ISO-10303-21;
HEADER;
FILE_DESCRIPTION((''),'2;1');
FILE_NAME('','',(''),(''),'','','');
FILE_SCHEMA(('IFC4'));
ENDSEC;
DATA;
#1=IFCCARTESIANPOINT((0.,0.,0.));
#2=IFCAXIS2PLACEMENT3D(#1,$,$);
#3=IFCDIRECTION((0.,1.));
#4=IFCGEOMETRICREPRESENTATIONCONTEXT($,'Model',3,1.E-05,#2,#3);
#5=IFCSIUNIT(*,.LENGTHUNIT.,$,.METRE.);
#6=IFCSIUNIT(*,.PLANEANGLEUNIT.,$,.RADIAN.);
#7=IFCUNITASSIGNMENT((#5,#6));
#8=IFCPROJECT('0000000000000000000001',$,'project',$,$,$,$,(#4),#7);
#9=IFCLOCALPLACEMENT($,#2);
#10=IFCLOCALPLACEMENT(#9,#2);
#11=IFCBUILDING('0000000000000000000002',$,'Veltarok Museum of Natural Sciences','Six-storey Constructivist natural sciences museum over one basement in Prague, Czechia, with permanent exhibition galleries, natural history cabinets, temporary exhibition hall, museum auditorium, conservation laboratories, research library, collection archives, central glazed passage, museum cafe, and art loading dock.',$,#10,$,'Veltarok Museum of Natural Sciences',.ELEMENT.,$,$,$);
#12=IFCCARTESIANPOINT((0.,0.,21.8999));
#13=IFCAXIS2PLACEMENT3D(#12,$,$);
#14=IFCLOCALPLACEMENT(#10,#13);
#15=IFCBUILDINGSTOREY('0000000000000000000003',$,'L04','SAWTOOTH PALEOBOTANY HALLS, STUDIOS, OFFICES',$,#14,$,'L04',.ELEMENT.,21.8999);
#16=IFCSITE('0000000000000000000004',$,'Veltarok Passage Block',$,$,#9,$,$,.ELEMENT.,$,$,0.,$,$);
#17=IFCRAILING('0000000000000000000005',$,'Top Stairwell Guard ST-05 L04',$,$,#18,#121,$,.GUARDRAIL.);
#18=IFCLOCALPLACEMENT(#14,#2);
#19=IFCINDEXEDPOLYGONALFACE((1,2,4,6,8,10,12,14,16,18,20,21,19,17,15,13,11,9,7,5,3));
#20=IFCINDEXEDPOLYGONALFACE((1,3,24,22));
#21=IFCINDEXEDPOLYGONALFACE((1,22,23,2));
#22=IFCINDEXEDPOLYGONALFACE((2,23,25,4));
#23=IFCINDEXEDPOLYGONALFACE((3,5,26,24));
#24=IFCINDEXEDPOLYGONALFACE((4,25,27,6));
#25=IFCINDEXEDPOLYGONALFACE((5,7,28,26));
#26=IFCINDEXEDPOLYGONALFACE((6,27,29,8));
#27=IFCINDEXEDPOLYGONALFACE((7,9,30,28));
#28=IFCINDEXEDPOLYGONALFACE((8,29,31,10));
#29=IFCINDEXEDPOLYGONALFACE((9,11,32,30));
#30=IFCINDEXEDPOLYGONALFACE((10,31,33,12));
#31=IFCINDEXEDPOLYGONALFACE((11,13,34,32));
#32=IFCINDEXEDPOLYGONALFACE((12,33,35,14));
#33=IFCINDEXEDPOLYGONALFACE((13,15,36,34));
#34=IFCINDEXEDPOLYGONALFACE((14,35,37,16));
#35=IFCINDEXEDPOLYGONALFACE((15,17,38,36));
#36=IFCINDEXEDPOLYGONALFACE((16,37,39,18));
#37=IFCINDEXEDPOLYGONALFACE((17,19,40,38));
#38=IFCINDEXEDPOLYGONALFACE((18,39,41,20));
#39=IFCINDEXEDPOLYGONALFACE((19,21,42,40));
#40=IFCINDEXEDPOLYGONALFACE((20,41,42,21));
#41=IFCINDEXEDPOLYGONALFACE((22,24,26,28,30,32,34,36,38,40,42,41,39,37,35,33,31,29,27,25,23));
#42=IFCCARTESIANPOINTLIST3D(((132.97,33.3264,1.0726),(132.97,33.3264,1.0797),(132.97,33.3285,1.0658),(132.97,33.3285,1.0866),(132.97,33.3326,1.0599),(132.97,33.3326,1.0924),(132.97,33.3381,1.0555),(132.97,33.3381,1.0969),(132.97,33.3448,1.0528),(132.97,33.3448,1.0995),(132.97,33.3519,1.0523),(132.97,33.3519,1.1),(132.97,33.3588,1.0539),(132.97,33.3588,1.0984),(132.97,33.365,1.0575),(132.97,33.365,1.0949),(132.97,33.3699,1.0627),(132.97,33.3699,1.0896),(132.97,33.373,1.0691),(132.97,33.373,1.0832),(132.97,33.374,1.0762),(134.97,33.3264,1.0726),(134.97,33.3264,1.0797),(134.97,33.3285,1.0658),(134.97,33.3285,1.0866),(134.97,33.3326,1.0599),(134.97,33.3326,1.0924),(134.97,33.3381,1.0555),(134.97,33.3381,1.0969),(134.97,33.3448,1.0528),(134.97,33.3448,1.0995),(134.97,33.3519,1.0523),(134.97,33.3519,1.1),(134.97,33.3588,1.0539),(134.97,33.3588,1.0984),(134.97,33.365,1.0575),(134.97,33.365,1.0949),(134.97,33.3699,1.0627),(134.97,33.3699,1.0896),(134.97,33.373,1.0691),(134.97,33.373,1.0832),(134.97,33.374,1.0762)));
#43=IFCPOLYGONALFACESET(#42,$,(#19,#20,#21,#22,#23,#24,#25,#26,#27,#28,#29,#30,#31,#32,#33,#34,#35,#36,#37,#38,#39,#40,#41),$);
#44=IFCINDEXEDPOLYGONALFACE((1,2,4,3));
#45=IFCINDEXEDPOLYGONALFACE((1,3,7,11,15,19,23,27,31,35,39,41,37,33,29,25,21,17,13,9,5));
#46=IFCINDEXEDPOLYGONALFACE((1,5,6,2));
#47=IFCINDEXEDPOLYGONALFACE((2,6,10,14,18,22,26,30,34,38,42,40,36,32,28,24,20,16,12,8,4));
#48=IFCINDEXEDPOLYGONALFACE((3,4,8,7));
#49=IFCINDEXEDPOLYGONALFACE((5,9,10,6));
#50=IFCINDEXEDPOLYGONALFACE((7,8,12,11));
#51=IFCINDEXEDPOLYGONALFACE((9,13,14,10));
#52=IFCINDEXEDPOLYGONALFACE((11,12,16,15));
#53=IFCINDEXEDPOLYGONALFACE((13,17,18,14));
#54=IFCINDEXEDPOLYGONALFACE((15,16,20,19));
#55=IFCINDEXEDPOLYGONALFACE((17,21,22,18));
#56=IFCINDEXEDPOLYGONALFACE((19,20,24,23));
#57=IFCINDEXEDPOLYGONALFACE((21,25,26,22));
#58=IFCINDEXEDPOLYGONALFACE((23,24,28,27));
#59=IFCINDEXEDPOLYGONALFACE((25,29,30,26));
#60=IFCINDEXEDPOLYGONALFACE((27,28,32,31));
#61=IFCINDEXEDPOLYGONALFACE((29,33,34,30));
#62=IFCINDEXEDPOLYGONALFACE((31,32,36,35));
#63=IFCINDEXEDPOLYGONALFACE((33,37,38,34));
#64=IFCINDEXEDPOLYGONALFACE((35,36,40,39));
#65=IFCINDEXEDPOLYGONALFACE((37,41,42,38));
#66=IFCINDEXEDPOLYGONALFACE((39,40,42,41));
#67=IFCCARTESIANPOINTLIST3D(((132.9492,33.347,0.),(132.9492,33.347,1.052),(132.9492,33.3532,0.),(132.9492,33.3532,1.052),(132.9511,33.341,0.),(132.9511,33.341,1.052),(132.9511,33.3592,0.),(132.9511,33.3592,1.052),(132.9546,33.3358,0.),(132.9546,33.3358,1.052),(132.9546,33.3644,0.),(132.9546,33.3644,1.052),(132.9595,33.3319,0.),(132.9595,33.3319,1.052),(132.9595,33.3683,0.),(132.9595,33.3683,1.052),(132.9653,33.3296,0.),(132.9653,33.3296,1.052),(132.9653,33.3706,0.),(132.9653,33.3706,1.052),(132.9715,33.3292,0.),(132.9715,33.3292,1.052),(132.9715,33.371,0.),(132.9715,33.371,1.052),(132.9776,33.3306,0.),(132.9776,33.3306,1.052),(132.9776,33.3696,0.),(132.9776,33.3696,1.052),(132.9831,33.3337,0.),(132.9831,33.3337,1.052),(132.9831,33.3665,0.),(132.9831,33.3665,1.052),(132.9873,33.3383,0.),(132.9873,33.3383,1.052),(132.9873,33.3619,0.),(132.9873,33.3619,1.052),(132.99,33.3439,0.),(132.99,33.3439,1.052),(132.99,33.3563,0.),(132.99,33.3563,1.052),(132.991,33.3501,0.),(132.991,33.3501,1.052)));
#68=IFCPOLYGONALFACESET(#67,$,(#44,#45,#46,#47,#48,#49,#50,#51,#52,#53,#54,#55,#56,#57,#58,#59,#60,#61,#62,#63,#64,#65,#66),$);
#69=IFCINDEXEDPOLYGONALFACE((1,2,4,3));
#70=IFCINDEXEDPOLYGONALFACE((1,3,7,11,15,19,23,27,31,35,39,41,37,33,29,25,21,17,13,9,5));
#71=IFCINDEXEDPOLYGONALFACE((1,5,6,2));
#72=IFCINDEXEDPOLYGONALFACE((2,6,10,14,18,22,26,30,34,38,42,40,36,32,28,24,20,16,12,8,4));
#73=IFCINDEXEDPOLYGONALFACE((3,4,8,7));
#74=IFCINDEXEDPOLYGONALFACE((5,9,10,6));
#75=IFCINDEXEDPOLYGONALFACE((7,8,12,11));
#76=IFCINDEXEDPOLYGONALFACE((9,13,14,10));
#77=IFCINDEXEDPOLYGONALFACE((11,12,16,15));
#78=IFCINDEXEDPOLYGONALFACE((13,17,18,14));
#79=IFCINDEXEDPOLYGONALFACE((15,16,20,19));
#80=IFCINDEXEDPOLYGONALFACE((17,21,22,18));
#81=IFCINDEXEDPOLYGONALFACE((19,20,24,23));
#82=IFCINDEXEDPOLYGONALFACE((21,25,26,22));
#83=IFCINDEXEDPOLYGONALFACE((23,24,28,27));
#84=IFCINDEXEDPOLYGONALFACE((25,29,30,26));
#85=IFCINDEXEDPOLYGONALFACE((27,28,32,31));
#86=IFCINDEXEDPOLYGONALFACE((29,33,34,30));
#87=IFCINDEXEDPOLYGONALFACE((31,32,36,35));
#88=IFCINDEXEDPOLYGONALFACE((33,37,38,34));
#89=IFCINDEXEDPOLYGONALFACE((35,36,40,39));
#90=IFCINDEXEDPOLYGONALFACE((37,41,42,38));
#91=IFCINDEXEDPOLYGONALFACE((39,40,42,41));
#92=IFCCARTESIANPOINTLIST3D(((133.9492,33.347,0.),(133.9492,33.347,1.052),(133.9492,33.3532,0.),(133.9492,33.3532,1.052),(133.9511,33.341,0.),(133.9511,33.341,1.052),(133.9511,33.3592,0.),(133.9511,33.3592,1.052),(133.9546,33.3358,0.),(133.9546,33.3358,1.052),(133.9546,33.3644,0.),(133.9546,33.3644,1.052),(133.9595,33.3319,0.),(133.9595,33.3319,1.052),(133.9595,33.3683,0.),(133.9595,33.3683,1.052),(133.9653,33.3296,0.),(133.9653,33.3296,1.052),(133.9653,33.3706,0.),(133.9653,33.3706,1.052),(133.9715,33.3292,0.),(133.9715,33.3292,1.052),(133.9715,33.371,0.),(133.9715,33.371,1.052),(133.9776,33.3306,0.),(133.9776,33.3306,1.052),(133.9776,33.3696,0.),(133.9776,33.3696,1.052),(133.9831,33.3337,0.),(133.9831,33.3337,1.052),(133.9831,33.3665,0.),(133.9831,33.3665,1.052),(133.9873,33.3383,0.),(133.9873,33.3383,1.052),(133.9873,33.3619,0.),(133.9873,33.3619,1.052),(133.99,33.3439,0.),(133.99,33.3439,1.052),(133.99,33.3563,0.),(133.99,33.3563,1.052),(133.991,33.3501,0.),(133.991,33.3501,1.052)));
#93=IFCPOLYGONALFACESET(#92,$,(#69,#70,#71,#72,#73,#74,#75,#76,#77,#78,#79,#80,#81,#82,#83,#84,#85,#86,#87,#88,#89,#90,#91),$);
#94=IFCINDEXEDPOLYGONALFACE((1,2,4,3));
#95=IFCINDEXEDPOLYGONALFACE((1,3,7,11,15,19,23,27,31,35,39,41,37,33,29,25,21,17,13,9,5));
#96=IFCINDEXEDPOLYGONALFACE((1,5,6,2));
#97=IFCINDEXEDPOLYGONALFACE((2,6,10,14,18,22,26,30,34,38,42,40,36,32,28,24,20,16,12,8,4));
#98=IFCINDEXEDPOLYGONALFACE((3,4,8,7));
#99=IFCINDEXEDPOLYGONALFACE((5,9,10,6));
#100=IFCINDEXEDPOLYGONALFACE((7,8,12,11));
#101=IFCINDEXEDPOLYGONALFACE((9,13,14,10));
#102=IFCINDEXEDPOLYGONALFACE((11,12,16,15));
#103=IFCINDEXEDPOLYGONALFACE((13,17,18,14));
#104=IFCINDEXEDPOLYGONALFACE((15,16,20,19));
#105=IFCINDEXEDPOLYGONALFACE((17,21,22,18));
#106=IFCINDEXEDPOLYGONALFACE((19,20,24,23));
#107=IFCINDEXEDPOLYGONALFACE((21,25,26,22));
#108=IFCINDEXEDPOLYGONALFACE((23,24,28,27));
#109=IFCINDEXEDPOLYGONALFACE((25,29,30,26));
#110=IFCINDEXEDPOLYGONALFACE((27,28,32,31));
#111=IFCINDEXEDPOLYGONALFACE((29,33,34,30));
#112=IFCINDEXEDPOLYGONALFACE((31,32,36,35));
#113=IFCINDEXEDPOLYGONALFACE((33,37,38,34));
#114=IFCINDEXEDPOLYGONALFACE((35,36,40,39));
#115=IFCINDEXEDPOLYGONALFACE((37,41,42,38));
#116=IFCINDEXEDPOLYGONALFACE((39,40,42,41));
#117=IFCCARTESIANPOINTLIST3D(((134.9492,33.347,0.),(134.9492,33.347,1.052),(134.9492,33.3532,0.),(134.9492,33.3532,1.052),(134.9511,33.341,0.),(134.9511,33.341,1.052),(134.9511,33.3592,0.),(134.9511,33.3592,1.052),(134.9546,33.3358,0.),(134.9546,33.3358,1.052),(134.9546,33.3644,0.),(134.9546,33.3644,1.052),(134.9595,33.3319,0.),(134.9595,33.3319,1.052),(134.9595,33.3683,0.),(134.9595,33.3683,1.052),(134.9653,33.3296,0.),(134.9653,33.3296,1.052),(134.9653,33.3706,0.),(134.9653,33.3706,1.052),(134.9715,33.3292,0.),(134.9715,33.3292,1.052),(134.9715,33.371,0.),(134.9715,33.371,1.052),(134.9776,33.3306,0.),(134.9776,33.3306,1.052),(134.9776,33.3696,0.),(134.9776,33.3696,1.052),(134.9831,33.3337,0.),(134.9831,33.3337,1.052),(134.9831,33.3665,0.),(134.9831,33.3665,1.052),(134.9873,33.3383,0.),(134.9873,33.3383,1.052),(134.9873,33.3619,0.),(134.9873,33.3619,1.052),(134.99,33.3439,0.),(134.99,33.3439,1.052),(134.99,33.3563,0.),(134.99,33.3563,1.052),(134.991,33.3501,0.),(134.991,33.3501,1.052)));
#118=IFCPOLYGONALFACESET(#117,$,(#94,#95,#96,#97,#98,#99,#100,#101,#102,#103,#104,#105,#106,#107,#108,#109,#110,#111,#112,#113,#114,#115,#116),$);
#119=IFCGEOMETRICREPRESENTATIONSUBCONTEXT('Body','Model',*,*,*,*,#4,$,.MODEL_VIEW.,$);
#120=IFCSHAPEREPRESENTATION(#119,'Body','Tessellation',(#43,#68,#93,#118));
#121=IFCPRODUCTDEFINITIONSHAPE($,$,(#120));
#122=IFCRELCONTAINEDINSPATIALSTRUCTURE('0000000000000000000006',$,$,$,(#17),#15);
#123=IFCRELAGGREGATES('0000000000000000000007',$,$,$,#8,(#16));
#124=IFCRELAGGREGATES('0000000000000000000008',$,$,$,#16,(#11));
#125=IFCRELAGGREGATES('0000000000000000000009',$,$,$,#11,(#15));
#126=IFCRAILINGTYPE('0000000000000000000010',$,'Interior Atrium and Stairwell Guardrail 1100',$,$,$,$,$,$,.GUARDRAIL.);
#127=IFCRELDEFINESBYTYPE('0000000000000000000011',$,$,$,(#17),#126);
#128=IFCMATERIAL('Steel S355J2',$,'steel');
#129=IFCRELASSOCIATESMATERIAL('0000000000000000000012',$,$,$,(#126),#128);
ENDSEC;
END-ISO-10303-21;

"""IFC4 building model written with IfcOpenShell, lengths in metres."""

from ifc_helpers import new_model, si_unit, direction, frame, origin, origin_2d, place, context, subcontext, project, spatial, circle, extrude, material, type_object, element, save


model = new_model("IFC4")

# Units and contexts
model_context = context("Model", 3, precision=1e-05, world=origin(), true_north=direction((0.0, 1.0)))
body_context = subcontext(model_context, "Body", "Model", "MODEL_VIEW")
ifc_project = project(units=[si_unit("LENGTHUNIT", "METRE"), si_unit("PLANEANGLEUNIT", "RADIAN")], contexts=[model_context])

# Site, building, storey
site_placement = place(None, origin())
site = spatial("IfcSite", under=ifc_project, at=site_placement, Name="Veltarok Passage Block", CompositionType="ELEMENT", RefElevation=0.0)
building_placement = place(site_placement, origin())
building = spatial("IfcBuilding", under=site, at=building_placement, Name="Veltarok Museum of Natural Sciences", Description="Six-storey Constructivist natural sciences museum over one basement in Prague, Czechia, with permanent exhibition galleries, natural history cabinets, temporary exhibition hall, museum auditorium, conservation laboratories, research library, collection archives, central glazed passage, museum cafe, and art loading dock.", LongName="Veltarok Museum of Natural Sciences", CompositionType="ELEMENT")
storey_placement = place(building_placement, frame((0.0, 0.0, 21.8999)))
storey = spatial("IfcBuildingStorey", under=building, at=storey_placement, Name="L04", Description="SAWTOOTH PALEOBOTANY HALLS, STUDIOS, OFFICES", LongName="L04", CompositionType="ELEMENT", Elevation=21.8999)

# Shared definitions
ifc_material_1 = material(Name="Steel S355J2", Category="steel")

# Railing
railing_type = type_object("IfcRailingType", Name="Interior Atrium and Stairwell Guardrail 1100", PredefinedType="GUARDRAIL", material=ifc_material_1)
railing_placement = place(storey_placement, frame((132.97, 33.3501, 0.0)))
element("IfcRailing", 1, at=railing_placement, inside=storey, type_object=railing_type, Name="Top Stairwell Guard ST-05 L04", PredefinedType="GUARDRAIL", context=body_context, shape_type="SweptSolid", body=[
    extrude(circle(Radius=0.0239, at=origin_2d()), frame((0.0, 0.0, 1.0762), z_axis=(1.0, 0.0, 0.0), x_axis=(0.0, 1.0, 0.0)), (0.0, 0.0, 1.0), 2.0),
    extrude(circle(Radius=0.021, at=origin_2d()), origin(), (0.0, 0.0, 1.0), 1.052),
    extrude(circle(Radius=0.021, at=origin_2d()), frame((1.0, 0.0, 0.0)), (0.0, 0.0, 1.0), 1.052),
    extrude(circle(Radius=0.021, at=origin_2d()), frame((2.0, 0.0, 0.0)), (0.0, 0.0, 1.0), 1.052),
])

save(model, "model.ifc")
